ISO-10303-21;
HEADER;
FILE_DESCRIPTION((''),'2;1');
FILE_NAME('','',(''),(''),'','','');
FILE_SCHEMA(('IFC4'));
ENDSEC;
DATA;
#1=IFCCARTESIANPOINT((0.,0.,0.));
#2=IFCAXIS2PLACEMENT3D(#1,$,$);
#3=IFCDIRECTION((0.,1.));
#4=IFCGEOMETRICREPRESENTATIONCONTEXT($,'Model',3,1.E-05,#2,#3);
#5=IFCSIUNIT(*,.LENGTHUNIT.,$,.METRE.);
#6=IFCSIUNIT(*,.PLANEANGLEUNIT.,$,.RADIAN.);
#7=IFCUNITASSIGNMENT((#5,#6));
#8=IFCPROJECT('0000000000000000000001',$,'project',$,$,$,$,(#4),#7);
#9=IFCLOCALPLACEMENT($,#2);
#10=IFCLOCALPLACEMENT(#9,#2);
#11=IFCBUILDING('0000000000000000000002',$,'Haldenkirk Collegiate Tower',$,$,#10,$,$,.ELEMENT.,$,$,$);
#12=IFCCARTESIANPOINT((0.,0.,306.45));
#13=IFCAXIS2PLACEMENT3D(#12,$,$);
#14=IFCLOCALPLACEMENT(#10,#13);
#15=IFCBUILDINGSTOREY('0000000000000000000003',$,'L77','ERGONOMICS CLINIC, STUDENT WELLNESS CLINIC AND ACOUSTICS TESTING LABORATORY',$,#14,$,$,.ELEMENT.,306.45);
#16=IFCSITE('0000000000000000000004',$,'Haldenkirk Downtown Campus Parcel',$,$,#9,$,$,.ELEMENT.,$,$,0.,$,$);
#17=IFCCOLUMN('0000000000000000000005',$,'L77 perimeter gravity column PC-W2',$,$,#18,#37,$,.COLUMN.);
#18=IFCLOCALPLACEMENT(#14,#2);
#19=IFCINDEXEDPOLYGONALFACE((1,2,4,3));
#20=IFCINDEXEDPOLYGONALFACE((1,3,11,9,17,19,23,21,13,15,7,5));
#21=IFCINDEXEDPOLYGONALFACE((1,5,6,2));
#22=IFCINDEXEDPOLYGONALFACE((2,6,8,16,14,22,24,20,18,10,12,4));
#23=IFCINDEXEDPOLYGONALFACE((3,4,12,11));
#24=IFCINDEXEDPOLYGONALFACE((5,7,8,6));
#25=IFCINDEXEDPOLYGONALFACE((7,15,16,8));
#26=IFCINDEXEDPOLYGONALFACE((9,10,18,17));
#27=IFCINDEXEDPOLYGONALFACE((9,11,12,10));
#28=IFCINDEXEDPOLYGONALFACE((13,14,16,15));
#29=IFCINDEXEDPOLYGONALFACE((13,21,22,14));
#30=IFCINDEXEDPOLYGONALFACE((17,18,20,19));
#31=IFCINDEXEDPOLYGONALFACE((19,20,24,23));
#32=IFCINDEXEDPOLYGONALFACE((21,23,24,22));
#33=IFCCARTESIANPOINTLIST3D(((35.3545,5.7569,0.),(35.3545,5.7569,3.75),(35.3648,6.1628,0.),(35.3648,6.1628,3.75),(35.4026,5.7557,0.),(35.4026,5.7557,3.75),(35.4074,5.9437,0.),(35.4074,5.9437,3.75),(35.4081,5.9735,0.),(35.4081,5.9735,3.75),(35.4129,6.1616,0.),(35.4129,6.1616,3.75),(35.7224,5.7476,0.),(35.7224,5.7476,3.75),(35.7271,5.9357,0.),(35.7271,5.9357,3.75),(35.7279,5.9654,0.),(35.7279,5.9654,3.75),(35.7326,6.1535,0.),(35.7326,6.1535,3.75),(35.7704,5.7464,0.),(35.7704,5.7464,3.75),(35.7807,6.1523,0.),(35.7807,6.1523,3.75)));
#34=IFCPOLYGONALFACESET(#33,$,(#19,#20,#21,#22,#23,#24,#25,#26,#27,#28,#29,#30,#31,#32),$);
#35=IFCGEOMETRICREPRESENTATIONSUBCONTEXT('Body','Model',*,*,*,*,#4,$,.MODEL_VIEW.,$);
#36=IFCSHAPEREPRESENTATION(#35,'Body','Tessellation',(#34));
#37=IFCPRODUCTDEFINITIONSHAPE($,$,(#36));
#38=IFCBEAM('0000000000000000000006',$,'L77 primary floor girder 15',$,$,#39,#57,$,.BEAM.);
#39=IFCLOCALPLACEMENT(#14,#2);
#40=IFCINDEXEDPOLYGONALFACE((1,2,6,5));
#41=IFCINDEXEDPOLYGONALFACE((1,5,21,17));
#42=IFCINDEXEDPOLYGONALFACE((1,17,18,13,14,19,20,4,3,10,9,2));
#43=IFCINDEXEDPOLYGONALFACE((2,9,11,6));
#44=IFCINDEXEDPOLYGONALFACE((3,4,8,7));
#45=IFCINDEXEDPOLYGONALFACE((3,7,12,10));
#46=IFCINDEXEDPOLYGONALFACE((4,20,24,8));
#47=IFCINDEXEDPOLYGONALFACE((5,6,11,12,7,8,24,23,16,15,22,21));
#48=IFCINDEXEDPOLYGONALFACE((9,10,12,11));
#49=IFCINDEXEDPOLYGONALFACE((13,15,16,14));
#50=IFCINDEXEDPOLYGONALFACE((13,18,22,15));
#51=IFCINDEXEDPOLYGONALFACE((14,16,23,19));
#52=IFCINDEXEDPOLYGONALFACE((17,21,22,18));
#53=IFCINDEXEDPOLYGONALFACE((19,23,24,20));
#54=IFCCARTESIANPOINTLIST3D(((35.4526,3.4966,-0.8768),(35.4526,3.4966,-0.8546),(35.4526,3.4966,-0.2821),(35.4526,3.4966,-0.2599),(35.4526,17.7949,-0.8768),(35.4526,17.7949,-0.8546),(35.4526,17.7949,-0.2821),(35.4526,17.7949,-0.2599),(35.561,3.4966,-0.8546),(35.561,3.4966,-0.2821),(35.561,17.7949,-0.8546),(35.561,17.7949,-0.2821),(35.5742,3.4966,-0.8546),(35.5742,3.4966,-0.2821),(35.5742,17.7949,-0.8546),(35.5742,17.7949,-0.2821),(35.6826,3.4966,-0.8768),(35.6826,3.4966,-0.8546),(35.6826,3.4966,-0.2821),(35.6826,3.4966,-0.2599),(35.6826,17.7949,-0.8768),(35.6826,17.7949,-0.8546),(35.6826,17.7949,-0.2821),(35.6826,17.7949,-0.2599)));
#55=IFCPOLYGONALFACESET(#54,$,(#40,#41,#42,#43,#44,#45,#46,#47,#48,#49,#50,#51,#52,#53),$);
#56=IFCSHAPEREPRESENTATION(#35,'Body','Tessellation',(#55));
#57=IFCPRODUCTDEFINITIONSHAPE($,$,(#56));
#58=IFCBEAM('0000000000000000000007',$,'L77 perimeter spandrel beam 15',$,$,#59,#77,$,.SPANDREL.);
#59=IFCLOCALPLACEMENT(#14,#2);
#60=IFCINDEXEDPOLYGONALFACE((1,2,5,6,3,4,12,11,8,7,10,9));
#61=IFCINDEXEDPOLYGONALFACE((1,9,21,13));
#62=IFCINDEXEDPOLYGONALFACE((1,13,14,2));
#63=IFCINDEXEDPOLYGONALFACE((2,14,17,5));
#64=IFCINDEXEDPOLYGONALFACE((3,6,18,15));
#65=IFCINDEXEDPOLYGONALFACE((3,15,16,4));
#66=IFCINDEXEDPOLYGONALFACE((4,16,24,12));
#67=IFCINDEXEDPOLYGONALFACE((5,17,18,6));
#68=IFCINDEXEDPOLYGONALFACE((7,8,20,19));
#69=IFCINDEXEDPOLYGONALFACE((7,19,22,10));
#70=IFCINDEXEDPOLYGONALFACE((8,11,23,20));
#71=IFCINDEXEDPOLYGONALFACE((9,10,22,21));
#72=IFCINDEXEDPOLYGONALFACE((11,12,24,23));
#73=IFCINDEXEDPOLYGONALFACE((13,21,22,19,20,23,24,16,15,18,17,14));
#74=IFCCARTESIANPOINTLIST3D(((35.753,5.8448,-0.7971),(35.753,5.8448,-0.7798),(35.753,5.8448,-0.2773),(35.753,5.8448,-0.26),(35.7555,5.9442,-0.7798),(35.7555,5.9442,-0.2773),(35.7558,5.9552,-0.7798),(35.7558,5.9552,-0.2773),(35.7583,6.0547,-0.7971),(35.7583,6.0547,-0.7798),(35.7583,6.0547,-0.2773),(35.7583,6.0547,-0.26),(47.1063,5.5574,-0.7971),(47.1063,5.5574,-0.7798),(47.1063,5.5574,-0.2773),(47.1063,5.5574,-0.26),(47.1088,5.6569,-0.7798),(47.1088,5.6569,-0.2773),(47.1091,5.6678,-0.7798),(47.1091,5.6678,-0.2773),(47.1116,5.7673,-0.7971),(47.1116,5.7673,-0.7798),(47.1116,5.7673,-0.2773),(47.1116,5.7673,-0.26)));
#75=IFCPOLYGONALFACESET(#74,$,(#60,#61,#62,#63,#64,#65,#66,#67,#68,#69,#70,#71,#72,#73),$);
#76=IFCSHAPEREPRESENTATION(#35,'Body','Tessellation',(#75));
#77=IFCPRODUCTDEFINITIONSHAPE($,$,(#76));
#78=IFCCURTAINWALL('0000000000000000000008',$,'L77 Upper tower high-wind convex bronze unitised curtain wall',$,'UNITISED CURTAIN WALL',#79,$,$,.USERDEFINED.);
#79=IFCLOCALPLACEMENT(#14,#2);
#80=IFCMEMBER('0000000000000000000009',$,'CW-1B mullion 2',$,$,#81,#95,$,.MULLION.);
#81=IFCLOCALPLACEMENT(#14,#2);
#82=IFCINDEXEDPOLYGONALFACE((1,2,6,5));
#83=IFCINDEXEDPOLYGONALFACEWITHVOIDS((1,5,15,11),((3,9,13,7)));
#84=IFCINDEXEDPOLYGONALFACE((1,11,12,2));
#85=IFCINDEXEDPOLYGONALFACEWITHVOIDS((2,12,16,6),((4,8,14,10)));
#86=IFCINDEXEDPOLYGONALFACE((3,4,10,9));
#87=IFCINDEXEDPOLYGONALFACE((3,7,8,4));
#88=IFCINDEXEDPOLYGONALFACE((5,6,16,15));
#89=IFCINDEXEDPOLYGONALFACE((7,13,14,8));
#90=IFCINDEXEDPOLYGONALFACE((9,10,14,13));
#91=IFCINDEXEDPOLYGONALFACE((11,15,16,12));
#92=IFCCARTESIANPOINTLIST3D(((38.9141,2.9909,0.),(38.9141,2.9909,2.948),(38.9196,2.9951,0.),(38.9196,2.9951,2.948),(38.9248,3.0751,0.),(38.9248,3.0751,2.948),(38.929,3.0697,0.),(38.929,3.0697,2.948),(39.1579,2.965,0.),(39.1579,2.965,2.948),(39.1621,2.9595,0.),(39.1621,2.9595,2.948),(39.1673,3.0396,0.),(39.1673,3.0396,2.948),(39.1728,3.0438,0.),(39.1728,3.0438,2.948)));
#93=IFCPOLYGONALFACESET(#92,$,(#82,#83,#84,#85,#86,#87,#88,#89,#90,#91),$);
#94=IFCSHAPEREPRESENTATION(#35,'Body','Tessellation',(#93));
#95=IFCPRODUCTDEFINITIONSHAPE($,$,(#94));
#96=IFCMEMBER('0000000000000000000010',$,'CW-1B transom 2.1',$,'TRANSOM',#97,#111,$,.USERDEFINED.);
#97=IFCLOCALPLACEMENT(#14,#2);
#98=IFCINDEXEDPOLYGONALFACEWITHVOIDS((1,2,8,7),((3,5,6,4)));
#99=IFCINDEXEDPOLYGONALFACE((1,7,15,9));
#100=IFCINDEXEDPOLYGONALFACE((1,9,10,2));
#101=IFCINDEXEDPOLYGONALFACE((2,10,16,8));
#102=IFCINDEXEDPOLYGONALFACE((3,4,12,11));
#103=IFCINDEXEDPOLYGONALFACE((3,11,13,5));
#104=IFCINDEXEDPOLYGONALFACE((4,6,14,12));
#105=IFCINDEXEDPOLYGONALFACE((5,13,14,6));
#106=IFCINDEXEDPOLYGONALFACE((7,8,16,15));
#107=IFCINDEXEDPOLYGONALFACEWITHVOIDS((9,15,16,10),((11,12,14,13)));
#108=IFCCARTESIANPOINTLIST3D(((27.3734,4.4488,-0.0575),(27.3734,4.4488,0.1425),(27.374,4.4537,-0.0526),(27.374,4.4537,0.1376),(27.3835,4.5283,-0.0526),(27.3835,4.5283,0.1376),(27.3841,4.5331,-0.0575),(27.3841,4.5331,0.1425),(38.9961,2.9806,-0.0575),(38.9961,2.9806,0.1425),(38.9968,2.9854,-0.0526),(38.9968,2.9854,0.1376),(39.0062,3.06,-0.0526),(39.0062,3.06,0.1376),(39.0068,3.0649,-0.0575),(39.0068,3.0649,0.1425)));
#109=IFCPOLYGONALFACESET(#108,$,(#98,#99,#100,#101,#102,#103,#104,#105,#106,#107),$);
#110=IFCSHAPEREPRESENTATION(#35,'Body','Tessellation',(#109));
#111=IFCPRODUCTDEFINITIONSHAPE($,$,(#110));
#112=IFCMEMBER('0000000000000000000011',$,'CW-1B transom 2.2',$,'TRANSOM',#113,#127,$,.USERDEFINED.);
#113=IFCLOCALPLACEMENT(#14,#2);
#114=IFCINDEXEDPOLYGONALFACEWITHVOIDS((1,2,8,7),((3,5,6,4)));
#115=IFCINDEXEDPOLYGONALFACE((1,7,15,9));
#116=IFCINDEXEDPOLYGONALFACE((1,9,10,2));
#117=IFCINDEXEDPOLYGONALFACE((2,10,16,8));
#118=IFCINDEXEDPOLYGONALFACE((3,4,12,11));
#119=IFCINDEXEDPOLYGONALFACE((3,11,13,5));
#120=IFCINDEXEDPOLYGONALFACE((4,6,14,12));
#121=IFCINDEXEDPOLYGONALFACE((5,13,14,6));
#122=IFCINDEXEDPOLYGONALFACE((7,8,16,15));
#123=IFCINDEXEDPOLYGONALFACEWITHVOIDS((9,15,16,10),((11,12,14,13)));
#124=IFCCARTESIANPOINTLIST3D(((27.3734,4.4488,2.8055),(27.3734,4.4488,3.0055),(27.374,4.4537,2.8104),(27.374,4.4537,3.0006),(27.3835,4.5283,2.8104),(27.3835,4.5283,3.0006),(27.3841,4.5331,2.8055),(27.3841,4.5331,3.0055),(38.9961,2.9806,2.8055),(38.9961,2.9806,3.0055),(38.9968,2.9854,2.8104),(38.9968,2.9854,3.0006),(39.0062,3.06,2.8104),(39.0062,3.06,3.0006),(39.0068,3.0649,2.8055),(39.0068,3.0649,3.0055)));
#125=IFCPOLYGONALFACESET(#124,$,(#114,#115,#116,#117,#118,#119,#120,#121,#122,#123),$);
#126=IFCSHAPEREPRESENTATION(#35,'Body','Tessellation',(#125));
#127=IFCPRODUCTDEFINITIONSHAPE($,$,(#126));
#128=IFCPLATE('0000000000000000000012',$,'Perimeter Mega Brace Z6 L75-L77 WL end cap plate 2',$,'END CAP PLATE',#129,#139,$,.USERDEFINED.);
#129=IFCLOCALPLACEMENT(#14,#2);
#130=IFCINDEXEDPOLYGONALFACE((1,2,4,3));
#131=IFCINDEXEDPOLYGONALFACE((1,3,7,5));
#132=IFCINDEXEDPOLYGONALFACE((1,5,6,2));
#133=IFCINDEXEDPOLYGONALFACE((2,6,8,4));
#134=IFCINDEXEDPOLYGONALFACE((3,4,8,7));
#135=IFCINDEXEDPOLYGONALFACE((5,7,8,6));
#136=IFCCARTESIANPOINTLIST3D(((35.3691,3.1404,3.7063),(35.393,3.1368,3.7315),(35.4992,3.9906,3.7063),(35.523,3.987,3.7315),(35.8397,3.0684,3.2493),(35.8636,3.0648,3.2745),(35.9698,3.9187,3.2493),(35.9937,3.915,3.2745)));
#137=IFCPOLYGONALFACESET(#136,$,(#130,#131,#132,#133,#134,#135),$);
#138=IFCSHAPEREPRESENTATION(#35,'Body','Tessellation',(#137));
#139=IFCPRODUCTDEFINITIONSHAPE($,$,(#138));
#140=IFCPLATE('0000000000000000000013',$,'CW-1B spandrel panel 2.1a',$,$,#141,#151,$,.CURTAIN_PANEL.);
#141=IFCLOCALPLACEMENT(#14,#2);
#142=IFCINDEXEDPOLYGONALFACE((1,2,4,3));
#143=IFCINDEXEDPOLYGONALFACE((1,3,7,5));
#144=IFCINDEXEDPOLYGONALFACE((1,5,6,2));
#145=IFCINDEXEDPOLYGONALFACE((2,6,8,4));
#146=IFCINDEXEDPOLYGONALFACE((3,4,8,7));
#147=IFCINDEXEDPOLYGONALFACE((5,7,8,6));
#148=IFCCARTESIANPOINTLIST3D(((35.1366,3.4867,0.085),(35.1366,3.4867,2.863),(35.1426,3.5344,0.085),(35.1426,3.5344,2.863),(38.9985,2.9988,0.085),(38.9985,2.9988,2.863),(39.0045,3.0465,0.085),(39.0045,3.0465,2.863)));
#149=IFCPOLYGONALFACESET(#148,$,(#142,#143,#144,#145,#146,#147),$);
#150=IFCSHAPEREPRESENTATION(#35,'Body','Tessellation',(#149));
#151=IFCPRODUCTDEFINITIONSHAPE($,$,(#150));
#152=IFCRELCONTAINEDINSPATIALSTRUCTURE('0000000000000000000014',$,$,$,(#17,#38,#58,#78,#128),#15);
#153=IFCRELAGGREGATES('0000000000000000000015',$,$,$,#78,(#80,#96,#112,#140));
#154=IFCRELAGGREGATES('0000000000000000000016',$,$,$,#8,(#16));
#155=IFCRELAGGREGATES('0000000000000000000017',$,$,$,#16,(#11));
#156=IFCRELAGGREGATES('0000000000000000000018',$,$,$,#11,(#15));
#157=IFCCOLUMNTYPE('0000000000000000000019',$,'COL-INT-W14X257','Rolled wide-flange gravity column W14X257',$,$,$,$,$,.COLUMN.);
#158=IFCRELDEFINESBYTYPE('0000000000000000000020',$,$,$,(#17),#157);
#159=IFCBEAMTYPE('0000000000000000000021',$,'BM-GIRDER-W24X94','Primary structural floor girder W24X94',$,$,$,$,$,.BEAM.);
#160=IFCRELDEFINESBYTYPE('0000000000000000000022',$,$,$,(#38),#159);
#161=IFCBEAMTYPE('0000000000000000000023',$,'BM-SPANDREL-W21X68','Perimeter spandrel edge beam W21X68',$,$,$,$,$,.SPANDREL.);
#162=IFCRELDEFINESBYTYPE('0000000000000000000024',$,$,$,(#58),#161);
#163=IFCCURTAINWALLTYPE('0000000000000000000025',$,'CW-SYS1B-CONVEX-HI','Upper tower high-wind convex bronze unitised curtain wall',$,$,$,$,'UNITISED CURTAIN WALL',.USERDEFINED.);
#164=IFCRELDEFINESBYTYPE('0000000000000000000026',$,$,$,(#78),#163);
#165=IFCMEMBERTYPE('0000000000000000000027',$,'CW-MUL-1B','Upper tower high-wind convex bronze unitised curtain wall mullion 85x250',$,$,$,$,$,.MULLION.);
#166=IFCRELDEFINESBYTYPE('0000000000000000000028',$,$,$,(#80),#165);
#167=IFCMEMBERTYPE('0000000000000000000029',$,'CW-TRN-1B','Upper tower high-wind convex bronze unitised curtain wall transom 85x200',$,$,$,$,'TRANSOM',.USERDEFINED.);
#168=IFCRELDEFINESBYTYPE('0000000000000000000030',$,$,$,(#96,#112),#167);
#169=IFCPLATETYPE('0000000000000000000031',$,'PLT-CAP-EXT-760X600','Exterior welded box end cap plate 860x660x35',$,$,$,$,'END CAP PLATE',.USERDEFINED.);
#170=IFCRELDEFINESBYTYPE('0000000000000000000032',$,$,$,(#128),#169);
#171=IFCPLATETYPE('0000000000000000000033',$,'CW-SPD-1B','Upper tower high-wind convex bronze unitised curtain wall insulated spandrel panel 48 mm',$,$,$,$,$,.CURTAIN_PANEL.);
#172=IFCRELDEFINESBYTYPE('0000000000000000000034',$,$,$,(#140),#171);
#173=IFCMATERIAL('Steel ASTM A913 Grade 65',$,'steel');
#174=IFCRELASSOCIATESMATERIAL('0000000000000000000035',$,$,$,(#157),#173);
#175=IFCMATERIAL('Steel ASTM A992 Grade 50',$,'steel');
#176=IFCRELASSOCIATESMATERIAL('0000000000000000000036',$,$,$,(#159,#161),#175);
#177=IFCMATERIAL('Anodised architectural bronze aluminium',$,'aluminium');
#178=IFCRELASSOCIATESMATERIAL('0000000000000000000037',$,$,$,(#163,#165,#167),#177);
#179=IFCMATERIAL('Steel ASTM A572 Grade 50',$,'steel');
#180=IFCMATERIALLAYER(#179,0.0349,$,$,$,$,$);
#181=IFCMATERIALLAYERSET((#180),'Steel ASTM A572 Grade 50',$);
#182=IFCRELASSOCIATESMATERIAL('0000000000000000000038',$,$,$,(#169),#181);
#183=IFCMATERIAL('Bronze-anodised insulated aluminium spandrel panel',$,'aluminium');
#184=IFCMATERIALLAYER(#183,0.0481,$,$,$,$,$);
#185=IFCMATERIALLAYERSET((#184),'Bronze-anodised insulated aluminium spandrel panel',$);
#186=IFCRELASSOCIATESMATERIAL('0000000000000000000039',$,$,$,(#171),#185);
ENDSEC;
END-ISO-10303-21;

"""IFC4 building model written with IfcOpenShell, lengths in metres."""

from ifc_helpers import new_model, si_unit, direction, frame, origin, origin_2d, place, context, subcontext, project, spatial, rectangle, hollow_rectangle, i_section, extrude, source, transform, mapped, material, layer, layer_set, material_profile, profile_set, type_object, element, aggregate, save


model = new_model("IFC4")

# Units and contexts
model_context = context("Model", 3, precision=1e-05, world=origin(), true_north=direction((0.0, 1.0)))
body_context = subcontext(model_context, "Body", "Model", "MODEL_VIEW")
ifc_project = project(units=[si_unit("LENGTHUNIT", "METRE"), si_unit("PLANEANGLEUNIT", "RADIAN")], contexts=[model_context])

# Site, building, storey
site_placement = place(None, origin())
site = spatial("IfcSite", under=ifc_project, at=site_placement, Name="Haldenkirk Downtown Campus Parcel", CompositionType="ELEMENT", RefElevation=0.0)
building_placement = place(site_placement, origin())
building = spatial("IfcBuilding", under=site, at=building_placement, Name="Haldenkirk Collegiate Tower", CompositionType="ELEMENT")
storey_placement = place(building_placement, frame((0.0, 0.0, 306.45)))
storey = spatial("IfcBuildingStorey", under=building, at=storey_placement, Name="L77", Description="ERGONOMICS CLINIC, STUDENT WELLNESS CLINIC AND ACOUSTICS TESTING LABORATORY", CompositionType="ELEMENT", Elevation=306.45)

# Column
ifc_material_1 = material(Name="Steel ASTM A913 Grade 65", Category="steel")
ifc_material_profile_1 = material_profile(ifc_material_1, i_section(OverallWidth=0.406, OverallDepth=0.416, WebThickness=0.0298, FlangeThickness=0.0481, at=origin_2d()), Name="W14X257")
ifc_profile_set_1 = profile_set([ifc_material_profile_1], Name="Steel ASTM A913 Grade 65")
column_type = type_object("IfcColumnType", Name="COL-INT-W14X257", Description="Rolled wide-flange gravity column W14X257", PredefinedType="COLUMN", material=ifc_profile_set_1)
column_placement = place(storey_placement, frame((35.5676, 5.9546, 0.0), z_axis=(0.0, 0.0, 1.0), x_axis=(0.025305, 0.99968, 0.0)))
element("IfcColumn", 1, at=column_placement, inside=storey, type_object=column_type, Name="L77 perimeter gravity column PC-W2", PredefinedType="COLUMN", context=body_context, shape_type="SweptSolid", body=[
    extrude(i_section(OverallWidth=0.406, OverallDepth=0.416, WebThickness=0.0298, FlangeThickness=0.0481, at=origin_2d()), origin(), (0.0, 0.0, 1.0), 3.75),
])

# Beams
ifc_material_2 = material(Name="Steel ASTM A992 Grade 50", Category="steel")
ifc_material_profile_2 = material_profile(ifc_material_2, i_section(OverallWidth=0.23, OverallDepth=0.6169, WebThickness=0.0132, FlangeThickness=0.0222, at=origin_2d()), Name="W24X94")
ifc_profile_set_2 = profile_set([ifc_material_profile_2], Name="Steel ASTM A992 Grade 50")
beam_type_1 = type_object("IfcBeamType", Name="BM-GIRDER-W24X94", Description="Primary structural floor girder W24X94", PredefinedType="BEAM", material=ifc_profile_set_2)
beam_1_placement = place(storey_placement, frame((35.5676, 3.4966, -0.5684), z_axis=(0.0, 1.0, 0.0), x_axis=(-1.0, 0.0, 0.0)))
element("IfcBeam", 2, at=beam_1_placement, inside=storey, type_object=beam_type_1, Name="L77 primary floor girder 15", PredefinedType="BEAM", context=body_context, shape_type="SweptSolid", body=[
    extrude(i_section(OverallWidth=0.23, OverallDepth=0.6169, WebThickness=0.0132, FlangeThickness=0.0222, at=origin_2d()), origin(), (0.0, 0.0, 1.0), 14.2983),
])
ifc_material_profile_3 = material_profile(ifc_material_2, i_section(OverallWidth=0.21, OverallDepth=0.5371, WebThickness=0.011, FlangeThickness=0.0173, at=origin_2d()), Name="W21X68")
ifc_profile_set_3 = profile_set([ifc_material_profile_3], Name="Steel ASTM A992 Grade 50")
beam_type_2 = type_object("IfcBeamType", Name="BM-SPANDREL-W21X68", Description="Perimeter spandrel edge beam W21X68", PredefinedType="SPANDREL", material=ifc_profile_set_3)
beam_2_placement = place(storey_placement, frame((35.7556, 5.9497, -0.5286), z_axis=(0.99968, -0.025302, 0.0), x_axis=(0.025302, 0.99968, 0.0)))
element("IfcBeam", 3, at=beam_2_placement, inside=storey, type_object=beam_type_2, Name="L77 perimeter spandrel beam 15", PredefinedType="SPANDREL", context=body_context, shape_type="SweptSolid", body=[
    extrude(i_section(OverallWidth=0.21, OverallDepth=0.5371, WebThickness=0.011, FlangeThickness=0.0173, at=origin_2d()), origin(), (0.0, 0.0, 1.0), 11.3569),
])

# Curtain wall, members
ifc_material_3 = material(Name="Anodised architectural bronze aluminium", Category="aluminium")
curtain_wall_type = type_object("IfcCurtainWallType", Name="CW-SYS1B-CONVEX-HI", Description="Upper tower high-wind convex bronze unitised curtain wall", ElementType="UNITISED CURTAIN WALL", PredefinedType="USERDEFINED", material=ifc_material_3)
curtain_wall_placement = place(storey_placement, origin())
curtain_wall = element("IfcCurtainWall", 4, at=curtain_wall_placement, inside=storey, type_object=curtain_wall_type, Name="L77 Upper tower high-wind convex bronze unitised curtain wall", ObjectType="UNITISED CURTAIN WALL", PredefinedType="USERDEFINED")
ifc_material_profile_4 = material_profile(ifc_material_3, hollow_rectangle(XDim=0.085, YDim=0.25, WallThickness=0.0049, at=origin_2d()), Name="CW-MUL-1B")
ifc_profile_set_4 = profile_set([ifc_material_profile_4], Name="Anodised architectural bronze aluminium")
member_type_1 = type_object("IfcMemberType", Name="CW-MUL-1B", Description="Upper tower high-wind convex bronze unitised curtain wall mullion 85x250", PredefinedType="MULLION", material=ifc_profile_set_4)
member_1_placement = place(storey_placement, frame((39.0435, 3.0173, 0.0), z_axis=(0.0, 0.0, 1.0), x_axis=(-0.125333, -0.992115, 0.0)))
member_1 = element("IfcMember", 5, at=member_1_placement, type_object=member_type_1, Name="CW-1B mullion 2", PredefinedType="MULLION", context=body_context, shape_type="SweptSolid", body=[
    extrude(hollow_rectangle(XDim=0.085, YDim=0.25, WallThickness=0.0049, at=origin_2d()), origin(), (0.0, 0.0, 1.0), 2.948),
])
ifc_material_profile_5 = material_profile(ifc_material_3, hollow_rectangle(XDim=0.085, YDim=0.2, WallThickness=0.0049, at=origin_2d()), Name="CW-TRN-1B")
ifc_profile_set_5 = profile_set([ifc_material_profile_5], Name="Anodised architectural bronze aluminium")
member_type_2 = type_object("IfcMemberType", Name="CW-TRN-1B", Description="Upper tower high-wind convex bronze unitised curtain wall transom 85x200", ElementType="TRANSOM", PredefinedType="USERDEFINED", material=ifc_profile_set_5)
member_2_placement = place(storey_placement, frame((39.0015, 3.0227, 0.0425), z_axis=(-0.992115, 0.12533, 0.0), x_axis=(-0.12533, -0.992115, 0.0)))
member_2 = element("IfcMember", 6, at=member_2_placement, type_object=member_type_2, Name="CW-1B transom 2.1", ObjectType="TRANSOM", PredefinedType="USERDEFINED", context=body_context, shape_type="SweptSolid", body=[
    extrude(hollow_rectangle(XDim=0.085, YDim=0.2, WallThickness=0.0049, at=origin_2d()), origin(), (0.0, 0.0, 1.0), 11.7151),
])
member_3_placement = place(storey_placement, frame((39.0015, 3.0227, 2.9055), z_axis=(-0.992115, 0.12533, 0.0), x_axis=(-0.12533, -0.992115, 0.0)))
member_3 = element("IfcMember", 7, at=member_3_placement, type_object=member_type_2, Name="CW-1B transom 2.2", ObjectType="TRANSOM", PredefinedType="USERDEFINED", context=body_context, shape_type="SweptSolid", body=[
    extrude(hollow_rectangle(XDim=0.085, YDim=0.2, WallThickness=0.0049, at=origin_2d()), origin(), (0.0, 0.0, 1.0), 11.7151),
])

# Plates
ifc_material_4 = material(Name="Steel ASTM A572 Grade 50", Category="steel")
ifc_layer_1 = layer(ifc_material_4, 0.0349)
ifc_layer_set_1 = layer_set([ifc_layer_1], Name="Steel ASTM A572 Grade 50")
plate_type_1 = type_object("IfcPlateType", Name="PLT-CAP-EXT-760X600", Description="Exterior welded box end cap plate 860x660x35", ElementType="END CAP PLATE", PredefinedType="USERDEFINED", material=ifc_layer_set_1)
shared_shape_1 = source(origin(), body_context, "Body", "SweptSolid", [
    extrude(rectangle(XDim=0.8601, YDim=0.6599, at=origin_2d()), origin(), (0.0, 0.0, 1.0), 0.0349),
])
plate_1_placement = place(storey_placement, frame((35.6694, 3.5295, 3.4778), z_axis=(0.684511, -0.104705, 0.721445), x_axis=(0.151204, 0.988503, 0.0)))
element("IfcPlate", 8, at=plate_1_placement, inside=storey, type_object=plate_type_1, Name="Perimeter Mega Brace Z6 L75-L77 WL end cap plate 2", ObjectType="END CAP PLATE", PredefinedType="USERDEFINED", context=body_context, shape_type="MappedRepresentation", body=[
    mapped(shared_shape_1, transform((0.0, 0.0, 0.0), x_axis=(1.0, 0.0, 0.0), y_axis=(0.0, 1.0, 0.0), z_axis=(0.0, 0.0, 1.0), scale=1.0)),
])
ifc_material_5 = material(Name="Bronze-anodised insulated aluminium spandrel panel", Category="aluminium")
ifc_layer_2 = layer(ifc_material_5, 0.0481)
ifc_layer_set_2 = layer_set([ifc_layer_2], Name="Bronze-anodised insulated aluminium spandrel panel")
plate_type_2 = type_object("IfcPlateType", Name="CW-SPD-1B", Description="Upper tower high-wind convex bronze unitised curtain wall insulated spandrel panel 48 mm", PredefinedType="CURTAIN_PANEL", material=ifc_layer_set_2)
shared_shape_2 = source(origin(), body_context, "Body", "SweptSolid", [
    extrude(rectangle(XDim=3.8926, YDim=0.0481, at=origin_2d()), origin(), (0.0, 0.0, 1.0), 2.7781),
])
plate_2_placement = place(storey_placement, frame((37.0706, 3.2666, 0.085), z_axis=(0.0, 0.0, 1.0), x_axis=(-0.992115, 0.125333, 0.0)))
plate_2 = element("IfcPlate", 9, at=plate_2_placement, type_object=plate_type_2, Name="CW-1B spandrel panel 2.1a", PredefinedType="CURTAIN_PANEL", context=body_context, shape_type="MappedRepresentation", body=[
    mapped(shared_shape_2, transform((0.0, 0.0, 0.0), x_axis=(1.0, 0.0, 0.0), y_axis=(0.0, 1.0, 0.0), z_axis=(0.0, 0.0, 1.0), scale=1.0)),
])
aggregate(curtain_wall, [member_1, member_2, member_3, plate_2])

save(model, "model.ifc")
